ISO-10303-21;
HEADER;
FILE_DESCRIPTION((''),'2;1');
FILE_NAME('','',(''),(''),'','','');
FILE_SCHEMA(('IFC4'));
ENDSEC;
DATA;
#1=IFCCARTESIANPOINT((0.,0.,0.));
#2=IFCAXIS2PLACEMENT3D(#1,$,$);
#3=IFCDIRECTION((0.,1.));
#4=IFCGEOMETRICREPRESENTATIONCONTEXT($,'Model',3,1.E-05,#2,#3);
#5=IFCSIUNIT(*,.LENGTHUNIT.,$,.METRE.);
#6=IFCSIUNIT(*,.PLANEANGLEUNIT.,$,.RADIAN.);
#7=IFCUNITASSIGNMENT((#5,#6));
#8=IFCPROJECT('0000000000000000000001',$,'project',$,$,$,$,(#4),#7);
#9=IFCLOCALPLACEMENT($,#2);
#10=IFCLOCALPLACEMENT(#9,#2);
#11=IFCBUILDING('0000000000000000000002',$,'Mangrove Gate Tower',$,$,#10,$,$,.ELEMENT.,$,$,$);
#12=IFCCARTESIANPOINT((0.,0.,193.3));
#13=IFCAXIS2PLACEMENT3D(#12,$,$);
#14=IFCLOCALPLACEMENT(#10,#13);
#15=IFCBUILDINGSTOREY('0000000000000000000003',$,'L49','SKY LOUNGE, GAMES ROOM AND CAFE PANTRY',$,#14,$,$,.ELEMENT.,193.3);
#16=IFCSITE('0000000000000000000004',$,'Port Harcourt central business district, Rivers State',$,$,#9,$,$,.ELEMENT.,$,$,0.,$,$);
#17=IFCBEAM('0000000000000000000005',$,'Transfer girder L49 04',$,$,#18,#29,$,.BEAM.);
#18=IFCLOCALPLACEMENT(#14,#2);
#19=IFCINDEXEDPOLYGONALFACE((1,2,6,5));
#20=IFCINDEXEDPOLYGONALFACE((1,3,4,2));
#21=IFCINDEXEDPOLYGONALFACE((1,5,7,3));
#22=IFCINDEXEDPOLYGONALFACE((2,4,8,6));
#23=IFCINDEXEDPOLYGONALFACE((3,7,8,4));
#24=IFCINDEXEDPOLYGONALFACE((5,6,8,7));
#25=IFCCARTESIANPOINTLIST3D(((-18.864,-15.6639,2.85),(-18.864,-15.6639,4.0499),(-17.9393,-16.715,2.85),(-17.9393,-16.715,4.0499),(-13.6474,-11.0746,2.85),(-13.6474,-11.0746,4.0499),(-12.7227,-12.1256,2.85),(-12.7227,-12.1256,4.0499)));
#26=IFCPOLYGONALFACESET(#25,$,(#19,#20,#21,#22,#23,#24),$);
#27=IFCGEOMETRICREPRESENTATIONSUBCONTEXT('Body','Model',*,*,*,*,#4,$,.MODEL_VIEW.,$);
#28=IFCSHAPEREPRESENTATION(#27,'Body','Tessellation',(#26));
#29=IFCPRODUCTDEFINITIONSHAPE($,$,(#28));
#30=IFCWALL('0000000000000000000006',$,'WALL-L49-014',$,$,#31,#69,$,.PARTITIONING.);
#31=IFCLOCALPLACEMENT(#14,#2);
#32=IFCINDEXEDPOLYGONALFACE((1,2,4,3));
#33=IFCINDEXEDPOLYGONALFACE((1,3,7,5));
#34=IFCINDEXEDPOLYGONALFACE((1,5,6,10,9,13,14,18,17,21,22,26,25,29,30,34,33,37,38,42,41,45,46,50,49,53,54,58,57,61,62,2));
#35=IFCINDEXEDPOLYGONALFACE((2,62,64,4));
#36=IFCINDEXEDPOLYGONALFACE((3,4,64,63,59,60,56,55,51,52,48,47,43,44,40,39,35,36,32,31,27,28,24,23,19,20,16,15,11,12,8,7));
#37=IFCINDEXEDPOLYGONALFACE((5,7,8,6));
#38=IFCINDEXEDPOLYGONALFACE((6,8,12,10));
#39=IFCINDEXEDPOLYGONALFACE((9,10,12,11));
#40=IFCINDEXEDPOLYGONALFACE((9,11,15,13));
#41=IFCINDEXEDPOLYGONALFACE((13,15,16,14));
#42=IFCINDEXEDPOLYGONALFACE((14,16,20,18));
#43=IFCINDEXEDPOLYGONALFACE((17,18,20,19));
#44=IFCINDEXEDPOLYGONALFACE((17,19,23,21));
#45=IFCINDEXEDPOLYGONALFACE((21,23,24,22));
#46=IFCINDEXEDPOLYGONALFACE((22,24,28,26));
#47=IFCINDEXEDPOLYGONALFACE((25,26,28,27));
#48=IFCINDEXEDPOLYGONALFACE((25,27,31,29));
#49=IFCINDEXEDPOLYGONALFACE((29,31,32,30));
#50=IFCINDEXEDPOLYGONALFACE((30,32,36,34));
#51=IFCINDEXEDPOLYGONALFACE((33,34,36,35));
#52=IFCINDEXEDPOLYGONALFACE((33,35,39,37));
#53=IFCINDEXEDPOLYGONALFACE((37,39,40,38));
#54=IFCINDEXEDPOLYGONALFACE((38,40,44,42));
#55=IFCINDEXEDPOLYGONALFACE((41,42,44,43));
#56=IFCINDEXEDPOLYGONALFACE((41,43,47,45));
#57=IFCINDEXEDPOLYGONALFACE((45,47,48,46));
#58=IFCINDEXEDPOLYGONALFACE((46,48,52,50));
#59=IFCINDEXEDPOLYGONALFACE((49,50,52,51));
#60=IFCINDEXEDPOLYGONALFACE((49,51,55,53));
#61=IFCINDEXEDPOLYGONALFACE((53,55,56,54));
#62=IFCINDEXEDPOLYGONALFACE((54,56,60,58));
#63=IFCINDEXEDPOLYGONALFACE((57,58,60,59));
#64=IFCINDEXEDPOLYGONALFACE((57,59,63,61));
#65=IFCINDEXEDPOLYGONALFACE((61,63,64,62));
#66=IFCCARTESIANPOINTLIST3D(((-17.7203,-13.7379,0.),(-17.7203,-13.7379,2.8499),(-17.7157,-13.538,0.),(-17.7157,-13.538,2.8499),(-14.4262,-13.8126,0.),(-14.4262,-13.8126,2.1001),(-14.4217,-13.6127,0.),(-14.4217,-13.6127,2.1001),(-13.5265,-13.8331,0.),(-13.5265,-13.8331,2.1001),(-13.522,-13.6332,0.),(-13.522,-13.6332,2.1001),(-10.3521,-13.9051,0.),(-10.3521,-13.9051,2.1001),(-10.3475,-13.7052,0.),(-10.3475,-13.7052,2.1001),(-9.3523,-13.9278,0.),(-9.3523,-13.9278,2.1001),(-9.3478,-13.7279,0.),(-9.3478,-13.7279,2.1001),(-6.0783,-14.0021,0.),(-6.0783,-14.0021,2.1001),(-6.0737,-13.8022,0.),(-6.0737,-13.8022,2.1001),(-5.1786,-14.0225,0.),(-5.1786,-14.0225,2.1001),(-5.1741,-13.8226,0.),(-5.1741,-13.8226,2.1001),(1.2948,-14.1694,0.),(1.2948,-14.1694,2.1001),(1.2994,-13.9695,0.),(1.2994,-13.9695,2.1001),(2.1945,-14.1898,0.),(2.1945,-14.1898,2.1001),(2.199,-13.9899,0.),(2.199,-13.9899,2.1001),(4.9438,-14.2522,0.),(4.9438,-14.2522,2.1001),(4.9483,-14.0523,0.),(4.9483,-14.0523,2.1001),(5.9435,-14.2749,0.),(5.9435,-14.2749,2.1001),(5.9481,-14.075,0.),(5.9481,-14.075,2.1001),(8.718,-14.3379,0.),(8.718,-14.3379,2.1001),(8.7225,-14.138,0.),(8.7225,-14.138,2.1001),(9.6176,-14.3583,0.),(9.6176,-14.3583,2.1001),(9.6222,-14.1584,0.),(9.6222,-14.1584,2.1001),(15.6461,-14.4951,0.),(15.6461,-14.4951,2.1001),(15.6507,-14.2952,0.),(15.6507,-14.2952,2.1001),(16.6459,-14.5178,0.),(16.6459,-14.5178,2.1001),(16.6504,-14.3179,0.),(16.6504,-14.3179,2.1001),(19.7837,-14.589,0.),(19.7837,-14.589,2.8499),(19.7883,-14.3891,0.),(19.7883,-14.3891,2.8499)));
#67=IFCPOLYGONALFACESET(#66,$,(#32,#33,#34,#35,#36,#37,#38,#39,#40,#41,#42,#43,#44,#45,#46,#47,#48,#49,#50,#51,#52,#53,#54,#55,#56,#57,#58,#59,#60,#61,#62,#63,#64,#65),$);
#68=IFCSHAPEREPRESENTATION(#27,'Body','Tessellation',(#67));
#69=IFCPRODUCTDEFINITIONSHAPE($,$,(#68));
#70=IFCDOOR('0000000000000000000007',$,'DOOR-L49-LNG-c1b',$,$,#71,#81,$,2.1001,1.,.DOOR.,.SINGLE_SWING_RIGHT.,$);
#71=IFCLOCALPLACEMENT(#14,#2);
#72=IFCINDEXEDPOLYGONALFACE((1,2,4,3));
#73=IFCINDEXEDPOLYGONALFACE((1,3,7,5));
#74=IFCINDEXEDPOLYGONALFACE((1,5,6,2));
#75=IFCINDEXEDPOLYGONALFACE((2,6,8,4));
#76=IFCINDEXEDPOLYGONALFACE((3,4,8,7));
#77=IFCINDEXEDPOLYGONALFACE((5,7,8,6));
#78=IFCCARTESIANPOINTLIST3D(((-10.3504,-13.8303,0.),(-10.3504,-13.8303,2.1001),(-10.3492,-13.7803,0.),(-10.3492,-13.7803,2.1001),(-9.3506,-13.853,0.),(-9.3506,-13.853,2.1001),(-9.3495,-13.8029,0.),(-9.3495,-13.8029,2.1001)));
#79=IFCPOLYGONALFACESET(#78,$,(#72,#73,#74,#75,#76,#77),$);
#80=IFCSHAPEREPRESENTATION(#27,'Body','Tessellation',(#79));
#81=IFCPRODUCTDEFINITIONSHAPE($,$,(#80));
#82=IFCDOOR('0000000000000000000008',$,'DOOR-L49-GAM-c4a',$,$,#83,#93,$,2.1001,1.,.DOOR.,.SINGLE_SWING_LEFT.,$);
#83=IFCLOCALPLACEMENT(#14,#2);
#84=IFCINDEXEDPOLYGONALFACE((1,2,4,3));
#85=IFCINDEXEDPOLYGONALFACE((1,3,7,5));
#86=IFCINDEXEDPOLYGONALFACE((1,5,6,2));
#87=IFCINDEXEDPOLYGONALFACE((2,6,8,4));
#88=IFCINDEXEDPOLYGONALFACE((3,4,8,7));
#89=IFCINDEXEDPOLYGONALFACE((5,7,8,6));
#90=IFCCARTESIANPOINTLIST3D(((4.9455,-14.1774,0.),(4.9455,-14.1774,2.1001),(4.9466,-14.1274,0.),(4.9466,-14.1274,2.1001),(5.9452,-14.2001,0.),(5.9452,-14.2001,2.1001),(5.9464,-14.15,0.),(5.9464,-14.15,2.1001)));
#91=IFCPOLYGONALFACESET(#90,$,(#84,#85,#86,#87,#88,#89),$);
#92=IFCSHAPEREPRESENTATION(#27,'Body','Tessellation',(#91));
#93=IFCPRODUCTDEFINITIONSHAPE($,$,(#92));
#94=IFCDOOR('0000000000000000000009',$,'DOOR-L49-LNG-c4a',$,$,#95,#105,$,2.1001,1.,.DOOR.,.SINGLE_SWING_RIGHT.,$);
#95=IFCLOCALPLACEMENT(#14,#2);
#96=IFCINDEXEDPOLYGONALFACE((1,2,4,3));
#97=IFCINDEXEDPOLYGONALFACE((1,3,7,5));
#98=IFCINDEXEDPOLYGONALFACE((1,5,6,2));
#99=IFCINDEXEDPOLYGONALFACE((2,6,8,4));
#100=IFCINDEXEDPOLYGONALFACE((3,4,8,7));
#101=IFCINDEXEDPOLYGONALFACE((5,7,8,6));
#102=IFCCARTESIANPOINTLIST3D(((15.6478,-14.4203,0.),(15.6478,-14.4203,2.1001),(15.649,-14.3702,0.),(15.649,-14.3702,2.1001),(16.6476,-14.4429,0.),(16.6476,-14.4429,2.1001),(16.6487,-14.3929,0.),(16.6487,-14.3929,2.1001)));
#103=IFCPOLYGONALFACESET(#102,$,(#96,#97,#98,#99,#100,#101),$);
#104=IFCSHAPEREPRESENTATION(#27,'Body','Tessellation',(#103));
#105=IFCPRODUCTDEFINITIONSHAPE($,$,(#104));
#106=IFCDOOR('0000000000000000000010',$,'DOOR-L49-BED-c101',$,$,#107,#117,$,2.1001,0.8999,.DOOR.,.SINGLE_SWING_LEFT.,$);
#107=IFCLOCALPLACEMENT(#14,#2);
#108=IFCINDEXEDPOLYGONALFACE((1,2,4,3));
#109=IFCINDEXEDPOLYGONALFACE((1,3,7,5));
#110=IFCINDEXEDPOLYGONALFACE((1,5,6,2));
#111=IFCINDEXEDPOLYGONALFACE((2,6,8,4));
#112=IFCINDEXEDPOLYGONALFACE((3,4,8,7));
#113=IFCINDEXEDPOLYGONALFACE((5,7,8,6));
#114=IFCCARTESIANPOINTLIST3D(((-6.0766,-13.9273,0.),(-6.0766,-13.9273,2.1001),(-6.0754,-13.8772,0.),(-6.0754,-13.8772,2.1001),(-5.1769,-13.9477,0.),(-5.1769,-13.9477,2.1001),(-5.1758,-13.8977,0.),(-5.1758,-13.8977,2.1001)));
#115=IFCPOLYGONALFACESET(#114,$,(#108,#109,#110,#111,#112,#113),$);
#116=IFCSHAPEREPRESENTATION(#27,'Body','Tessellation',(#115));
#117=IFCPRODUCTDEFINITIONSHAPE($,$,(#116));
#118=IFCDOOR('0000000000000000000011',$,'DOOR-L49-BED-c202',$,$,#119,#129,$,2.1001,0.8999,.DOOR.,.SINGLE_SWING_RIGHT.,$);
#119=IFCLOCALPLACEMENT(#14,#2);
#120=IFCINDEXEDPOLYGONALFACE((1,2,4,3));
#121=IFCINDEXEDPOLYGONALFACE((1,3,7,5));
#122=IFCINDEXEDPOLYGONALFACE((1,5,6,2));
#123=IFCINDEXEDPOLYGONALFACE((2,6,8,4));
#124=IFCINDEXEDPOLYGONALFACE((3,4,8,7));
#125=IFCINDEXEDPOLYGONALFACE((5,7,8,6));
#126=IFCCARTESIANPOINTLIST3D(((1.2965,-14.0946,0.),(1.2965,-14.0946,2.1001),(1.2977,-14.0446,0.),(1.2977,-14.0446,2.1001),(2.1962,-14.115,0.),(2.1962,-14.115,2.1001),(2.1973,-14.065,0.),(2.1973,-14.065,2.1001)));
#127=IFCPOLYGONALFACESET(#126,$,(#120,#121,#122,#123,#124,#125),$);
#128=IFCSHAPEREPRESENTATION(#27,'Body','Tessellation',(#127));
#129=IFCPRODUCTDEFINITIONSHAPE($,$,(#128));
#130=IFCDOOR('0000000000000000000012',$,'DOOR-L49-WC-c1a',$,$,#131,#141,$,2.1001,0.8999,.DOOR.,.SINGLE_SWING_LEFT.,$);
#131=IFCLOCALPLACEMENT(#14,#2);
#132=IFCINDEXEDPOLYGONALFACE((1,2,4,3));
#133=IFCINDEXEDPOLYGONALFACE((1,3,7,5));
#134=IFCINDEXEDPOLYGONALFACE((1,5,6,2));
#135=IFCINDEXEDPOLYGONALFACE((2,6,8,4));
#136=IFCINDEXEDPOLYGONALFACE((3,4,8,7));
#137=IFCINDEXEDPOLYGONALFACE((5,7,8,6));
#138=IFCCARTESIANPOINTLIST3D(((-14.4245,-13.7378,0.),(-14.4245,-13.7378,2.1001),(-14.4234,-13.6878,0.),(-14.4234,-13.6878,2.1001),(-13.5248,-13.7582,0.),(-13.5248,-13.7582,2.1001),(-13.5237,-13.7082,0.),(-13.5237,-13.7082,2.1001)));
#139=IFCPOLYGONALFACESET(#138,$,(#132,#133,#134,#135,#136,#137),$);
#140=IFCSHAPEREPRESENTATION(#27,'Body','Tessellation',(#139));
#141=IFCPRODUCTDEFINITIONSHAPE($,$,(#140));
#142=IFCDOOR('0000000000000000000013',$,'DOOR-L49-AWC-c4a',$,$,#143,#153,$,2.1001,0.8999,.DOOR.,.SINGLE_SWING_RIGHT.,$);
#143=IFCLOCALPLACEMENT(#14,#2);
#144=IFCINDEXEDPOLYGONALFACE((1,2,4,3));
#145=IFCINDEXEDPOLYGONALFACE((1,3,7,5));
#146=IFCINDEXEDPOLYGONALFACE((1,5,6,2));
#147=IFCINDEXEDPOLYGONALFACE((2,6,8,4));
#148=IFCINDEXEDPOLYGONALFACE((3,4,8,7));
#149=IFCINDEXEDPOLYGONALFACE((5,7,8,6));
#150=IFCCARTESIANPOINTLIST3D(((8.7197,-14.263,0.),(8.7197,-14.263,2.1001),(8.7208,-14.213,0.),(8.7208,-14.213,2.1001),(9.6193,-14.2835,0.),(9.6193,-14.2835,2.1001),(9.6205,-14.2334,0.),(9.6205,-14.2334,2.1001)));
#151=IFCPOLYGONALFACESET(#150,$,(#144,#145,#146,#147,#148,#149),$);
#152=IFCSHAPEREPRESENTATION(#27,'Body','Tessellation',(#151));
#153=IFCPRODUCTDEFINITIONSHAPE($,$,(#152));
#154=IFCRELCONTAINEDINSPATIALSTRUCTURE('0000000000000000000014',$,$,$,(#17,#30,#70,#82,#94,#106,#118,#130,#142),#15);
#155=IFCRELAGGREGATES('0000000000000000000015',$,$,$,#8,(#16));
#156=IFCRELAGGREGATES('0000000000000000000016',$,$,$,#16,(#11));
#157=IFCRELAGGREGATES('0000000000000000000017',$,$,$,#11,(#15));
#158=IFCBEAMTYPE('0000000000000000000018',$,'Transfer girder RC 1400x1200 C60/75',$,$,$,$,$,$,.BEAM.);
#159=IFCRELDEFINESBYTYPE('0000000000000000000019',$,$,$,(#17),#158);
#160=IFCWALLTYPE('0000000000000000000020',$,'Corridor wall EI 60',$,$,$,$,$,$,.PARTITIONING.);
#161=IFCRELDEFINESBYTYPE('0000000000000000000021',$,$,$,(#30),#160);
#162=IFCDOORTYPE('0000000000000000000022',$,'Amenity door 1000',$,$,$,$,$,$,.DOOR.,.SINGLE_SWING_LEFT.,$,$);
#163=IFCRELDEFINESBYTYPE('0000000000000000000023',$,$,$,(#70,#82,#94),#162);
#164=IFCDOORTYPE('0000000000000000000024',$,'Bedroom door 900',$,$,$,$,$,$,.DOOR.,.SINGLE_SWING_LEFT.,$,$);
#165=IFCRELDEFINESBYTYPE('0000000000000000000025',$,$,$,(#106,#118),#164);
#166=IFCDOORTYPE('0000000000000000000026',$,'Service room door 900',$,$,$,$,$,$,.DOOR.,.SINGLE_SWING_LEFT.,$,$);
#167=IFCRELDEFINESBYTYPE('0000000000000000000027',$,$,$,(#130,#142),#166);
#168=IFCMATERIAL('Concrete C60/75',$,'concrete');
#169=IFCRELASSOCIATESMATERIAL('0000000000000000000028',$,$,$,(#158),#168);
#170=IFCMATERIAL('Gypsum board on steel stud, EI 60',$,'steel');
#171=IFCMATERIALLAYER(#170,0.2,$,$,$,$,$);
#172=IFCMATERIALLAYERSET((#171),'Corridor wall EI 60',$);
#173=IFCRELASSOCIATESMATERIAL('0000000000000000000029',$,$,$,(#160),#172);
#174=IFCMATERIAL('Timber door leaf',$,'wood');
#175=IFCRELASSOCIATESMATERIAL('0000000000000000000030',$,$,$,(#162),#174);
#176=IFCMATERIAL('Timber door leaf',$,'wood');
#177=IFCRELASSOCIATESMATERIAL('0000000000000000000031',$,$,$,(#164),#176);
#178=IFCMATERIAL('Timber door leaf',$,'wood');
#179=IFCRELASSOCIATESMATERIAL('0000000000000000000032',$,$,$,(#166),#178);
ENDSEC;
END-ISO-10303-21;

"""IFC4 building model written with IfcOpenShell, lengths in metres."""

from ifc_helpers import new_model, si_unit, direction, frame, frame_2d, origin, origin_2d, place, context, subcontext, project, spatial, rectangle, extrude, material, layer, layer_set, material_profile, profile_set, type_object, element, fill, save


model = new_model("IFC4")

# Units and contexts
model_context = context("Model", 3, precision=1e-05, world=origin(), true_north=direction((0.0, 1.0)))
body_context = subcontext(model_context, "Body", "Model", "MODEL_VIEW")
ifc_project = project(units=[si_unit("LENGTHUNIT", "METRE"), si_unit("PLANEANGLEUNIT", "RADIAN")], contexts=[model_context])

# Site, building, storey
site_placement = place(None, origin())
site = spatial("IfcSite", under=ifc_project, at=site_placement, Name="Port Harcourt central business district, Rivers State", CompositionType="ELEMENT", RefElevation=0.0)
building_placement = place(site_placement, origin())
building = spatial("IfcBuilding", under=site, at=building_placement, Name="Mangrove Gate Tower", CompositionType="ELEMENT")
storey_placement = place(building_placement, frame((0.0, 0.0, 193.3)))
storey = spatial("IfcBuildingStorey", under=building, at=storey_placement, Name="L49", Description="SKY LOUNGE, GAMES ROOM AND CAFE PANTRY", CompositionType="ELEMENT", Elevation=193.3)

# Beam
ifc_material_1 = material(Name="Concrete C60/75", Category="concrete")
ifc_material_profile = material_profile(ifc_material_1, rectangle(XDim=1.3999, YDim=1.2, at=origin_2d()))
ifc_profile_set = profile_set([ifc_material_profile], Name="Concrete C60/75")
beam_type = type_object("IfcBeamType", Name="Transfer girder RC 1400x1200 C60/75", PredefinedType="BEAM", material=ifc_profile_set)
beam_placement = place(storey_placement, frame((-13.1851, -11.6001, 3.45), z_axis=(-0.7508, -0.66053, 0.0), x_axis=(0.66053, -0.7508, 0.0)))
element("IfcBeam", 1, at=beam_placement, inside=storey, type_object=beam_type, Name="Transfer girder L49 04", PredefinedType="BEAM", context=body_context, shape_type="SweptSolid", body=[
    extrude(rectangle(XDim=1.3999, YDim=1.2, at=origin_2d()), origin(), (0.0, 0.0, 1.0), 6.948),
])

# Wall, openings, doors
ifc_material_2 = material(Name="Gypsum board on steel stud, EI 60", Category="steel")
ifc_layer_1 = layer(ifc_material_2, 0.2)
ifc_layer_set_1 = layer_set([ifc_layer_1], Name="Corridor wall EI 60")
wall_type_1 = type_object("IfcWallType", Name="Corridor wall EI 60", PredefinedType="PARTITIONING", material=ifc_layer_set_1)
wall_1_placement = place(storey_placement, frame((-17.718, -13.6379, 0.0), z_axis=(0.0, 0.0, 1.0), x_axis=(0.999743, -0.022687, 0.0)))
wall_1 = element("IfcWall", 2, at=wall_1_placement, inside=storey, type_object=wall_type_1, Name="WALL-L49-014", PredefinedType="PARTITIONING", context=body_context, shape_type="SweptSolid", body=[
    extrude(rectangle(XDim=37.5137, YDim=0.2, at=frame_2d((18.7568, 0.0))), origin(), (0.0, 0.0, 1.0), 2.8499),
])
opening_1_placement = place(wall_1_placement, frame((7.3701, 0.0, 0.0)))
opening_1 = element("IfcOpeningElement", 3, at=opening_1_placement, cuts=wall_1, PredefinedType="OPENING", context=body_context, shape_type="SweptSolid", body=[
    extrude(rectangle(XDim=1.0, YDim=2.1001, at=frame_2d((0.5, 1.05))), frame((0.0, 0.1099, 0.0), z_axis=(0.0, -1.0, 0.0), x_axis=(1.0, 0.0, 0.0)), (0.0, 0.0, 1.0), 0.22),
])
opening_2_placement = place(wall_1_placement, frame((3.2949, 0.0, 0.0)))
opening_2 = element("IfcOpeningElement", 4, at=opening_2_placement, cuts=wall_1, PredefinedType="OPENING", context=body_context, shape_type="SweptSolid", body=[
    extrude(rectangle(XDim=0.8999, YDim=2.1001, at=frame_2d((0.45, 1.05))), frame((0.0, 0.1099, 0.0), z_axis=(0.0, -1.0, 0.0), x_axis=(1.0, 0.0, 0.0)), (0.0, 0.0, 1.0), 0.22),
])
opening_3_placement = place(wall_1_placement, frame((11.645, 0.0, 0.0)))
opening_3 = element("IfcOpeningElement", 5, at=opening_3_placement, cuts=wall_1, PredefinedType="OPENING", context=body_context, shape_type="SweptSolid", body=[
    extrude(rectangle(XDim=0.8999, YDim=2.1001, at=frame_2d((0.45, 1.05))), frame((0.0, 0.1099, 0.0), z_axis=(0.0, -1.0, 0.0), x_axis=(1.0, 0.0, 0.0)), (0.0, 0.0, 1.0), 0.22),
])
opening_4_placement = place(wall_1_placement, frame((19.02, 0.0, 0.0)))
opening_4 = element("IfcOpeningElement", 6, at=opening_4_placement, cuts=wall_1, PredefinedType="OPENING", context=body_context, shape_type="SweptSolid", body=[
    extrude(rectangle(XDim=0.8999, YDim=2.1001, at=frame_2d((0.45, 1.05))), frame((0.0, 0.1099, 0.0), z_axis=(0.0, -1.0, 0.0), x_axis=(1.0, 0.0, 0.0)), (0.0, 0.0, 1.0), 0.22),
])
opening_5_placement = place(wall_1_placement, frame((22.6699, 0.0, 0.0)))
opening_5 = element("IfcOpeningElement", 7, at=opening_5_placement, cuts=wall_1, PredefinedType="OPENING", context=body_context, shape_type="SweptSolid", body=[
    extrude(rectangle(XDim=1.0, YDim=2.1001, at=frame_2d((0.5, 1.05))), frame((0.0, 0.1099, 0.0), z_axis=(0.0, -1.0, 0.0), x_axis=(1.0, 0.0, 0.0)), (0.0, 0.0, 1.0), 0.22),
])
opening_6_placement = place(wall_1_placement, frame((26.4451, 0.0, 0.0)))
opening_6 = element("IfcOpeningElement", 8, at=opening_6_placement, cuts=wall_1, PredefinedType="OPENING", context=body_context, shape_type="SweptSolid", body=[
    extrude(rectangle(XDim=0.8999, YDim=2.1001, at=frame_2d((0.45, 1.05))), frame((0.0, 0.1099, 0.0), z_axis=(0.0, -1.0, 0.0), x_axis=(1.0, 0.0, 0.0)), (0.0, 0.0, 1.0), 0.22),
])
opening_7_placement = place(wall_1_placement, frame((33.375, 0.0, 0.0)))
opening_7 = element("IfcOpeningElement", 9, at=opening_7_placement, cuts=wall_1, PredefinedType="OPENING", context=body_context, shape_type="SweptSolid", body=[
    extrude(rectangle(XDim=1.0, YDim=2.1001, at=frame_2d((0.5, 1.05))), frame((0.0, 0.1099, 0.0), z_axis=(0.0, -1.0, 0.0), x_axis=(1.0, 0.0, 0.0)), (0.0, 0.0, 1.0), 0.22),
])
ifc_material_3 = material(Name="Timber door leaf", Category="wood")
door_type_1 = type_object("IfcDoorType", Name="Amenity door 1000", OperationType="SINGLE_SWING_LEFT", PredefinedType="DOOR", material=ifc_material_3)
door_1_placement = place(opening_1_placement, origin())
door_1 = element("IfcDoor", 10, at=door_1_placement, inside=storey, type_object=door_type_1, Name="DOOR-L49-LNG-c1b", OperationType="SINGLE_SWING_RIGHT", OverallHeight=2.1001, OverallWidth=1.0, PredefinedType="DOOR", context=body_context, shape_type="SweptSolid", body=[
    extrude(rectangle(XDim=1.0, YDim=2.1001, at=frame_2d((0.5, 1.05))), frame((0.0, 0.0249, 0.0), z_axis=(0.0, -1.0, 0.0), x_axis=(1.0, 0.0, 0.0)), (0.0, 0.0, 1.0), 0.05),
])
fill(opening_1, door_1)
door_2_placement = place(opening_5_placement, origin())
door_2 = element("IfcDoor", 11, at=door_2_placement, inside=storey, type_object=door_type_1, Name="DOOR-L49-GAM-c4a", OperationType="SINGLE_SWING_LEFT", OverallHeight=2.1001, OverallWidth=1.0, PredefinedType="DOOR", context=body_context, shape_type="SweptSolid", body=[
    extrude(rectangle(XDim=1.0, YDim=2.1001, at=frame_2d((0.5, 1.05))), frame((0.0, 0.0249, 0.0), z_axis=(0.0, -1.0, 0.0), x_axis=(1.0, 0.0, 0.0)), (0.0, 0.0, 1.0), 0.05),
])
fill(opening_5, door_2)
door_3_placement = place(opening_7_placement, origin())
door_3 = element("IfcDoor", 12, at=door_3_placement, inside=storey, type_object=door_type_1, Name="DOOR-L49-LNG-c4a", OperationType="SINGLE_SWING_RIGHT", OverallHeight=2.1001, OverallWidth=1.0, PredefinedType="DOOR", context=body_context, shape_type="SweptSolid", body=[
    extrude(rectangle(XDim=1.0, YDim=2.1001, at=frame_2d((0.5, 1.05))), frame((0.0, 0.0249, 0.0), z_axis=(0.0, -1.0, 0.0), x_axis=(1.0, 0.0, 0.0)), (0.0, 0.0, 1.0), 0.05),
])
fill(opening_7, door_3)
ifc_material_4 = material(Name="Timber door leaf", Category="wood")
door_type_2 = type_object("IfcDoorType", Name="Bedroom door 900", OperationType="SINGLE_SWING_LEFT", PredefinedType="DOOR", material=ifc_material_4)
door_4_placement = place(opening_3_placement, origin())
door_4 = element("IfcDoor", 13, at=door_4_placement, inside=storey, type_object=door_type_2, Name="DOOR-L49-BED-c101", OperationType="SINGLE_SWING_LEFT", OverallHeight=2.1001, OverallWidth=0.8999, PredefinedType="DOOR", context=body_context, shape_type="SweptSolid", body=[
    extrude(rectangle(XDim=0.8999, YDim=2.1001, at=frame_2d((0.45, 1.05))), frame((0.0, 0.0249, 0.0), z_axis=(0.0, -1.0, 0.0), x_axis=(1.0, 0.0, 0.0)), (0.0, 0.0, 1.0), 0.05),
])
fill(opening_3, door_4)
door_5_placement = place(opening_4_placement, origin())
door_5 = element("IfcDoor", 14, at=door_5_placement, inside=storey, type_object=door_type_2, Name="DOOR-L49-BED-c202", OperationType="SINGLE_SWING_RIGHT", OverallHeight=2.1001, OverallWidth=0.8999, PredefinedType="DOOR", context=body_context, shape_type="SweptSolid", body=[
    extrude(rectangle(XDim=0.8999, YDim=2.1001, at=frame_2d((0.45, 1.05))), frame((0.0, 0.0249, 0.0), z_axis=(0.0, -1.0, 0.0), x_axis=(1.0, 0.0, 0.0)), (0.0, 0.0, 1.0), 0.05),
])
fill(opening_4, door_5)
ifc_material_5 = material(Name="Timber door leaf", Category="wood")
door_type_3 = type_object("IfcDoorType", Name="Service room door 900", OperationType="SINGLE_SWING_LEFT", PredefinedType="DOOR", material=ifc_material_5)
door_6_placement = place(opening_2_placement, origin())
door_6 = element("IfcDoor", 15, at=door_6_placement, inside=storey, type_object=door_type_3, Name="DOOR-L49-WC-c1a", OperationType="SINGLE_SWING_LEFT", OverallHeight=2.1001, OverallWidth=0.8999, PredefinedType="DOOR", context=body_context, shape_type="SweptSolid", body=[
    extrude(rectangle(XDim=0.8999, YDim=2.1001, at=frame_2d((0.45, 1.05))), frame((0.0, 0.0249, 0.0), z_axis=(0.0, -1.0, 0.0), x_axis=(1.0, 0.0, 0.0)), (0.0, 0.0, 1.0), 0.05),
])
fill(opening_2, door_6)
door_7_placement = place(opening_6_placement, origin())
door_7 = element("IfcDoor", 16, at=door_7_placement, inside=storey, type_object=door_type_3, Name="DOOR-L49-AWC-c4a", OperationType="SINGLE_SWING_RIGHT", OverallHeight=2.1001, OverallWidth=0.8999, PredefinedType="DOOR", context=body_context, shape_type="SweptSolid", body=[
    extrude(rectangle(XDim=0.8999, YDim=2.1001, at=frame_2d((0.45, 1.05))), frame((0.0, 0.0249, 0.0), z_axis=(0.0, -1.0, 0.0), x_axis=(1.0, 0.0, 0.0)), (0.0, 0.0, 1.0), 0.05),
])
fill(opening_6, door_7)

save(model, "model.ifc")
